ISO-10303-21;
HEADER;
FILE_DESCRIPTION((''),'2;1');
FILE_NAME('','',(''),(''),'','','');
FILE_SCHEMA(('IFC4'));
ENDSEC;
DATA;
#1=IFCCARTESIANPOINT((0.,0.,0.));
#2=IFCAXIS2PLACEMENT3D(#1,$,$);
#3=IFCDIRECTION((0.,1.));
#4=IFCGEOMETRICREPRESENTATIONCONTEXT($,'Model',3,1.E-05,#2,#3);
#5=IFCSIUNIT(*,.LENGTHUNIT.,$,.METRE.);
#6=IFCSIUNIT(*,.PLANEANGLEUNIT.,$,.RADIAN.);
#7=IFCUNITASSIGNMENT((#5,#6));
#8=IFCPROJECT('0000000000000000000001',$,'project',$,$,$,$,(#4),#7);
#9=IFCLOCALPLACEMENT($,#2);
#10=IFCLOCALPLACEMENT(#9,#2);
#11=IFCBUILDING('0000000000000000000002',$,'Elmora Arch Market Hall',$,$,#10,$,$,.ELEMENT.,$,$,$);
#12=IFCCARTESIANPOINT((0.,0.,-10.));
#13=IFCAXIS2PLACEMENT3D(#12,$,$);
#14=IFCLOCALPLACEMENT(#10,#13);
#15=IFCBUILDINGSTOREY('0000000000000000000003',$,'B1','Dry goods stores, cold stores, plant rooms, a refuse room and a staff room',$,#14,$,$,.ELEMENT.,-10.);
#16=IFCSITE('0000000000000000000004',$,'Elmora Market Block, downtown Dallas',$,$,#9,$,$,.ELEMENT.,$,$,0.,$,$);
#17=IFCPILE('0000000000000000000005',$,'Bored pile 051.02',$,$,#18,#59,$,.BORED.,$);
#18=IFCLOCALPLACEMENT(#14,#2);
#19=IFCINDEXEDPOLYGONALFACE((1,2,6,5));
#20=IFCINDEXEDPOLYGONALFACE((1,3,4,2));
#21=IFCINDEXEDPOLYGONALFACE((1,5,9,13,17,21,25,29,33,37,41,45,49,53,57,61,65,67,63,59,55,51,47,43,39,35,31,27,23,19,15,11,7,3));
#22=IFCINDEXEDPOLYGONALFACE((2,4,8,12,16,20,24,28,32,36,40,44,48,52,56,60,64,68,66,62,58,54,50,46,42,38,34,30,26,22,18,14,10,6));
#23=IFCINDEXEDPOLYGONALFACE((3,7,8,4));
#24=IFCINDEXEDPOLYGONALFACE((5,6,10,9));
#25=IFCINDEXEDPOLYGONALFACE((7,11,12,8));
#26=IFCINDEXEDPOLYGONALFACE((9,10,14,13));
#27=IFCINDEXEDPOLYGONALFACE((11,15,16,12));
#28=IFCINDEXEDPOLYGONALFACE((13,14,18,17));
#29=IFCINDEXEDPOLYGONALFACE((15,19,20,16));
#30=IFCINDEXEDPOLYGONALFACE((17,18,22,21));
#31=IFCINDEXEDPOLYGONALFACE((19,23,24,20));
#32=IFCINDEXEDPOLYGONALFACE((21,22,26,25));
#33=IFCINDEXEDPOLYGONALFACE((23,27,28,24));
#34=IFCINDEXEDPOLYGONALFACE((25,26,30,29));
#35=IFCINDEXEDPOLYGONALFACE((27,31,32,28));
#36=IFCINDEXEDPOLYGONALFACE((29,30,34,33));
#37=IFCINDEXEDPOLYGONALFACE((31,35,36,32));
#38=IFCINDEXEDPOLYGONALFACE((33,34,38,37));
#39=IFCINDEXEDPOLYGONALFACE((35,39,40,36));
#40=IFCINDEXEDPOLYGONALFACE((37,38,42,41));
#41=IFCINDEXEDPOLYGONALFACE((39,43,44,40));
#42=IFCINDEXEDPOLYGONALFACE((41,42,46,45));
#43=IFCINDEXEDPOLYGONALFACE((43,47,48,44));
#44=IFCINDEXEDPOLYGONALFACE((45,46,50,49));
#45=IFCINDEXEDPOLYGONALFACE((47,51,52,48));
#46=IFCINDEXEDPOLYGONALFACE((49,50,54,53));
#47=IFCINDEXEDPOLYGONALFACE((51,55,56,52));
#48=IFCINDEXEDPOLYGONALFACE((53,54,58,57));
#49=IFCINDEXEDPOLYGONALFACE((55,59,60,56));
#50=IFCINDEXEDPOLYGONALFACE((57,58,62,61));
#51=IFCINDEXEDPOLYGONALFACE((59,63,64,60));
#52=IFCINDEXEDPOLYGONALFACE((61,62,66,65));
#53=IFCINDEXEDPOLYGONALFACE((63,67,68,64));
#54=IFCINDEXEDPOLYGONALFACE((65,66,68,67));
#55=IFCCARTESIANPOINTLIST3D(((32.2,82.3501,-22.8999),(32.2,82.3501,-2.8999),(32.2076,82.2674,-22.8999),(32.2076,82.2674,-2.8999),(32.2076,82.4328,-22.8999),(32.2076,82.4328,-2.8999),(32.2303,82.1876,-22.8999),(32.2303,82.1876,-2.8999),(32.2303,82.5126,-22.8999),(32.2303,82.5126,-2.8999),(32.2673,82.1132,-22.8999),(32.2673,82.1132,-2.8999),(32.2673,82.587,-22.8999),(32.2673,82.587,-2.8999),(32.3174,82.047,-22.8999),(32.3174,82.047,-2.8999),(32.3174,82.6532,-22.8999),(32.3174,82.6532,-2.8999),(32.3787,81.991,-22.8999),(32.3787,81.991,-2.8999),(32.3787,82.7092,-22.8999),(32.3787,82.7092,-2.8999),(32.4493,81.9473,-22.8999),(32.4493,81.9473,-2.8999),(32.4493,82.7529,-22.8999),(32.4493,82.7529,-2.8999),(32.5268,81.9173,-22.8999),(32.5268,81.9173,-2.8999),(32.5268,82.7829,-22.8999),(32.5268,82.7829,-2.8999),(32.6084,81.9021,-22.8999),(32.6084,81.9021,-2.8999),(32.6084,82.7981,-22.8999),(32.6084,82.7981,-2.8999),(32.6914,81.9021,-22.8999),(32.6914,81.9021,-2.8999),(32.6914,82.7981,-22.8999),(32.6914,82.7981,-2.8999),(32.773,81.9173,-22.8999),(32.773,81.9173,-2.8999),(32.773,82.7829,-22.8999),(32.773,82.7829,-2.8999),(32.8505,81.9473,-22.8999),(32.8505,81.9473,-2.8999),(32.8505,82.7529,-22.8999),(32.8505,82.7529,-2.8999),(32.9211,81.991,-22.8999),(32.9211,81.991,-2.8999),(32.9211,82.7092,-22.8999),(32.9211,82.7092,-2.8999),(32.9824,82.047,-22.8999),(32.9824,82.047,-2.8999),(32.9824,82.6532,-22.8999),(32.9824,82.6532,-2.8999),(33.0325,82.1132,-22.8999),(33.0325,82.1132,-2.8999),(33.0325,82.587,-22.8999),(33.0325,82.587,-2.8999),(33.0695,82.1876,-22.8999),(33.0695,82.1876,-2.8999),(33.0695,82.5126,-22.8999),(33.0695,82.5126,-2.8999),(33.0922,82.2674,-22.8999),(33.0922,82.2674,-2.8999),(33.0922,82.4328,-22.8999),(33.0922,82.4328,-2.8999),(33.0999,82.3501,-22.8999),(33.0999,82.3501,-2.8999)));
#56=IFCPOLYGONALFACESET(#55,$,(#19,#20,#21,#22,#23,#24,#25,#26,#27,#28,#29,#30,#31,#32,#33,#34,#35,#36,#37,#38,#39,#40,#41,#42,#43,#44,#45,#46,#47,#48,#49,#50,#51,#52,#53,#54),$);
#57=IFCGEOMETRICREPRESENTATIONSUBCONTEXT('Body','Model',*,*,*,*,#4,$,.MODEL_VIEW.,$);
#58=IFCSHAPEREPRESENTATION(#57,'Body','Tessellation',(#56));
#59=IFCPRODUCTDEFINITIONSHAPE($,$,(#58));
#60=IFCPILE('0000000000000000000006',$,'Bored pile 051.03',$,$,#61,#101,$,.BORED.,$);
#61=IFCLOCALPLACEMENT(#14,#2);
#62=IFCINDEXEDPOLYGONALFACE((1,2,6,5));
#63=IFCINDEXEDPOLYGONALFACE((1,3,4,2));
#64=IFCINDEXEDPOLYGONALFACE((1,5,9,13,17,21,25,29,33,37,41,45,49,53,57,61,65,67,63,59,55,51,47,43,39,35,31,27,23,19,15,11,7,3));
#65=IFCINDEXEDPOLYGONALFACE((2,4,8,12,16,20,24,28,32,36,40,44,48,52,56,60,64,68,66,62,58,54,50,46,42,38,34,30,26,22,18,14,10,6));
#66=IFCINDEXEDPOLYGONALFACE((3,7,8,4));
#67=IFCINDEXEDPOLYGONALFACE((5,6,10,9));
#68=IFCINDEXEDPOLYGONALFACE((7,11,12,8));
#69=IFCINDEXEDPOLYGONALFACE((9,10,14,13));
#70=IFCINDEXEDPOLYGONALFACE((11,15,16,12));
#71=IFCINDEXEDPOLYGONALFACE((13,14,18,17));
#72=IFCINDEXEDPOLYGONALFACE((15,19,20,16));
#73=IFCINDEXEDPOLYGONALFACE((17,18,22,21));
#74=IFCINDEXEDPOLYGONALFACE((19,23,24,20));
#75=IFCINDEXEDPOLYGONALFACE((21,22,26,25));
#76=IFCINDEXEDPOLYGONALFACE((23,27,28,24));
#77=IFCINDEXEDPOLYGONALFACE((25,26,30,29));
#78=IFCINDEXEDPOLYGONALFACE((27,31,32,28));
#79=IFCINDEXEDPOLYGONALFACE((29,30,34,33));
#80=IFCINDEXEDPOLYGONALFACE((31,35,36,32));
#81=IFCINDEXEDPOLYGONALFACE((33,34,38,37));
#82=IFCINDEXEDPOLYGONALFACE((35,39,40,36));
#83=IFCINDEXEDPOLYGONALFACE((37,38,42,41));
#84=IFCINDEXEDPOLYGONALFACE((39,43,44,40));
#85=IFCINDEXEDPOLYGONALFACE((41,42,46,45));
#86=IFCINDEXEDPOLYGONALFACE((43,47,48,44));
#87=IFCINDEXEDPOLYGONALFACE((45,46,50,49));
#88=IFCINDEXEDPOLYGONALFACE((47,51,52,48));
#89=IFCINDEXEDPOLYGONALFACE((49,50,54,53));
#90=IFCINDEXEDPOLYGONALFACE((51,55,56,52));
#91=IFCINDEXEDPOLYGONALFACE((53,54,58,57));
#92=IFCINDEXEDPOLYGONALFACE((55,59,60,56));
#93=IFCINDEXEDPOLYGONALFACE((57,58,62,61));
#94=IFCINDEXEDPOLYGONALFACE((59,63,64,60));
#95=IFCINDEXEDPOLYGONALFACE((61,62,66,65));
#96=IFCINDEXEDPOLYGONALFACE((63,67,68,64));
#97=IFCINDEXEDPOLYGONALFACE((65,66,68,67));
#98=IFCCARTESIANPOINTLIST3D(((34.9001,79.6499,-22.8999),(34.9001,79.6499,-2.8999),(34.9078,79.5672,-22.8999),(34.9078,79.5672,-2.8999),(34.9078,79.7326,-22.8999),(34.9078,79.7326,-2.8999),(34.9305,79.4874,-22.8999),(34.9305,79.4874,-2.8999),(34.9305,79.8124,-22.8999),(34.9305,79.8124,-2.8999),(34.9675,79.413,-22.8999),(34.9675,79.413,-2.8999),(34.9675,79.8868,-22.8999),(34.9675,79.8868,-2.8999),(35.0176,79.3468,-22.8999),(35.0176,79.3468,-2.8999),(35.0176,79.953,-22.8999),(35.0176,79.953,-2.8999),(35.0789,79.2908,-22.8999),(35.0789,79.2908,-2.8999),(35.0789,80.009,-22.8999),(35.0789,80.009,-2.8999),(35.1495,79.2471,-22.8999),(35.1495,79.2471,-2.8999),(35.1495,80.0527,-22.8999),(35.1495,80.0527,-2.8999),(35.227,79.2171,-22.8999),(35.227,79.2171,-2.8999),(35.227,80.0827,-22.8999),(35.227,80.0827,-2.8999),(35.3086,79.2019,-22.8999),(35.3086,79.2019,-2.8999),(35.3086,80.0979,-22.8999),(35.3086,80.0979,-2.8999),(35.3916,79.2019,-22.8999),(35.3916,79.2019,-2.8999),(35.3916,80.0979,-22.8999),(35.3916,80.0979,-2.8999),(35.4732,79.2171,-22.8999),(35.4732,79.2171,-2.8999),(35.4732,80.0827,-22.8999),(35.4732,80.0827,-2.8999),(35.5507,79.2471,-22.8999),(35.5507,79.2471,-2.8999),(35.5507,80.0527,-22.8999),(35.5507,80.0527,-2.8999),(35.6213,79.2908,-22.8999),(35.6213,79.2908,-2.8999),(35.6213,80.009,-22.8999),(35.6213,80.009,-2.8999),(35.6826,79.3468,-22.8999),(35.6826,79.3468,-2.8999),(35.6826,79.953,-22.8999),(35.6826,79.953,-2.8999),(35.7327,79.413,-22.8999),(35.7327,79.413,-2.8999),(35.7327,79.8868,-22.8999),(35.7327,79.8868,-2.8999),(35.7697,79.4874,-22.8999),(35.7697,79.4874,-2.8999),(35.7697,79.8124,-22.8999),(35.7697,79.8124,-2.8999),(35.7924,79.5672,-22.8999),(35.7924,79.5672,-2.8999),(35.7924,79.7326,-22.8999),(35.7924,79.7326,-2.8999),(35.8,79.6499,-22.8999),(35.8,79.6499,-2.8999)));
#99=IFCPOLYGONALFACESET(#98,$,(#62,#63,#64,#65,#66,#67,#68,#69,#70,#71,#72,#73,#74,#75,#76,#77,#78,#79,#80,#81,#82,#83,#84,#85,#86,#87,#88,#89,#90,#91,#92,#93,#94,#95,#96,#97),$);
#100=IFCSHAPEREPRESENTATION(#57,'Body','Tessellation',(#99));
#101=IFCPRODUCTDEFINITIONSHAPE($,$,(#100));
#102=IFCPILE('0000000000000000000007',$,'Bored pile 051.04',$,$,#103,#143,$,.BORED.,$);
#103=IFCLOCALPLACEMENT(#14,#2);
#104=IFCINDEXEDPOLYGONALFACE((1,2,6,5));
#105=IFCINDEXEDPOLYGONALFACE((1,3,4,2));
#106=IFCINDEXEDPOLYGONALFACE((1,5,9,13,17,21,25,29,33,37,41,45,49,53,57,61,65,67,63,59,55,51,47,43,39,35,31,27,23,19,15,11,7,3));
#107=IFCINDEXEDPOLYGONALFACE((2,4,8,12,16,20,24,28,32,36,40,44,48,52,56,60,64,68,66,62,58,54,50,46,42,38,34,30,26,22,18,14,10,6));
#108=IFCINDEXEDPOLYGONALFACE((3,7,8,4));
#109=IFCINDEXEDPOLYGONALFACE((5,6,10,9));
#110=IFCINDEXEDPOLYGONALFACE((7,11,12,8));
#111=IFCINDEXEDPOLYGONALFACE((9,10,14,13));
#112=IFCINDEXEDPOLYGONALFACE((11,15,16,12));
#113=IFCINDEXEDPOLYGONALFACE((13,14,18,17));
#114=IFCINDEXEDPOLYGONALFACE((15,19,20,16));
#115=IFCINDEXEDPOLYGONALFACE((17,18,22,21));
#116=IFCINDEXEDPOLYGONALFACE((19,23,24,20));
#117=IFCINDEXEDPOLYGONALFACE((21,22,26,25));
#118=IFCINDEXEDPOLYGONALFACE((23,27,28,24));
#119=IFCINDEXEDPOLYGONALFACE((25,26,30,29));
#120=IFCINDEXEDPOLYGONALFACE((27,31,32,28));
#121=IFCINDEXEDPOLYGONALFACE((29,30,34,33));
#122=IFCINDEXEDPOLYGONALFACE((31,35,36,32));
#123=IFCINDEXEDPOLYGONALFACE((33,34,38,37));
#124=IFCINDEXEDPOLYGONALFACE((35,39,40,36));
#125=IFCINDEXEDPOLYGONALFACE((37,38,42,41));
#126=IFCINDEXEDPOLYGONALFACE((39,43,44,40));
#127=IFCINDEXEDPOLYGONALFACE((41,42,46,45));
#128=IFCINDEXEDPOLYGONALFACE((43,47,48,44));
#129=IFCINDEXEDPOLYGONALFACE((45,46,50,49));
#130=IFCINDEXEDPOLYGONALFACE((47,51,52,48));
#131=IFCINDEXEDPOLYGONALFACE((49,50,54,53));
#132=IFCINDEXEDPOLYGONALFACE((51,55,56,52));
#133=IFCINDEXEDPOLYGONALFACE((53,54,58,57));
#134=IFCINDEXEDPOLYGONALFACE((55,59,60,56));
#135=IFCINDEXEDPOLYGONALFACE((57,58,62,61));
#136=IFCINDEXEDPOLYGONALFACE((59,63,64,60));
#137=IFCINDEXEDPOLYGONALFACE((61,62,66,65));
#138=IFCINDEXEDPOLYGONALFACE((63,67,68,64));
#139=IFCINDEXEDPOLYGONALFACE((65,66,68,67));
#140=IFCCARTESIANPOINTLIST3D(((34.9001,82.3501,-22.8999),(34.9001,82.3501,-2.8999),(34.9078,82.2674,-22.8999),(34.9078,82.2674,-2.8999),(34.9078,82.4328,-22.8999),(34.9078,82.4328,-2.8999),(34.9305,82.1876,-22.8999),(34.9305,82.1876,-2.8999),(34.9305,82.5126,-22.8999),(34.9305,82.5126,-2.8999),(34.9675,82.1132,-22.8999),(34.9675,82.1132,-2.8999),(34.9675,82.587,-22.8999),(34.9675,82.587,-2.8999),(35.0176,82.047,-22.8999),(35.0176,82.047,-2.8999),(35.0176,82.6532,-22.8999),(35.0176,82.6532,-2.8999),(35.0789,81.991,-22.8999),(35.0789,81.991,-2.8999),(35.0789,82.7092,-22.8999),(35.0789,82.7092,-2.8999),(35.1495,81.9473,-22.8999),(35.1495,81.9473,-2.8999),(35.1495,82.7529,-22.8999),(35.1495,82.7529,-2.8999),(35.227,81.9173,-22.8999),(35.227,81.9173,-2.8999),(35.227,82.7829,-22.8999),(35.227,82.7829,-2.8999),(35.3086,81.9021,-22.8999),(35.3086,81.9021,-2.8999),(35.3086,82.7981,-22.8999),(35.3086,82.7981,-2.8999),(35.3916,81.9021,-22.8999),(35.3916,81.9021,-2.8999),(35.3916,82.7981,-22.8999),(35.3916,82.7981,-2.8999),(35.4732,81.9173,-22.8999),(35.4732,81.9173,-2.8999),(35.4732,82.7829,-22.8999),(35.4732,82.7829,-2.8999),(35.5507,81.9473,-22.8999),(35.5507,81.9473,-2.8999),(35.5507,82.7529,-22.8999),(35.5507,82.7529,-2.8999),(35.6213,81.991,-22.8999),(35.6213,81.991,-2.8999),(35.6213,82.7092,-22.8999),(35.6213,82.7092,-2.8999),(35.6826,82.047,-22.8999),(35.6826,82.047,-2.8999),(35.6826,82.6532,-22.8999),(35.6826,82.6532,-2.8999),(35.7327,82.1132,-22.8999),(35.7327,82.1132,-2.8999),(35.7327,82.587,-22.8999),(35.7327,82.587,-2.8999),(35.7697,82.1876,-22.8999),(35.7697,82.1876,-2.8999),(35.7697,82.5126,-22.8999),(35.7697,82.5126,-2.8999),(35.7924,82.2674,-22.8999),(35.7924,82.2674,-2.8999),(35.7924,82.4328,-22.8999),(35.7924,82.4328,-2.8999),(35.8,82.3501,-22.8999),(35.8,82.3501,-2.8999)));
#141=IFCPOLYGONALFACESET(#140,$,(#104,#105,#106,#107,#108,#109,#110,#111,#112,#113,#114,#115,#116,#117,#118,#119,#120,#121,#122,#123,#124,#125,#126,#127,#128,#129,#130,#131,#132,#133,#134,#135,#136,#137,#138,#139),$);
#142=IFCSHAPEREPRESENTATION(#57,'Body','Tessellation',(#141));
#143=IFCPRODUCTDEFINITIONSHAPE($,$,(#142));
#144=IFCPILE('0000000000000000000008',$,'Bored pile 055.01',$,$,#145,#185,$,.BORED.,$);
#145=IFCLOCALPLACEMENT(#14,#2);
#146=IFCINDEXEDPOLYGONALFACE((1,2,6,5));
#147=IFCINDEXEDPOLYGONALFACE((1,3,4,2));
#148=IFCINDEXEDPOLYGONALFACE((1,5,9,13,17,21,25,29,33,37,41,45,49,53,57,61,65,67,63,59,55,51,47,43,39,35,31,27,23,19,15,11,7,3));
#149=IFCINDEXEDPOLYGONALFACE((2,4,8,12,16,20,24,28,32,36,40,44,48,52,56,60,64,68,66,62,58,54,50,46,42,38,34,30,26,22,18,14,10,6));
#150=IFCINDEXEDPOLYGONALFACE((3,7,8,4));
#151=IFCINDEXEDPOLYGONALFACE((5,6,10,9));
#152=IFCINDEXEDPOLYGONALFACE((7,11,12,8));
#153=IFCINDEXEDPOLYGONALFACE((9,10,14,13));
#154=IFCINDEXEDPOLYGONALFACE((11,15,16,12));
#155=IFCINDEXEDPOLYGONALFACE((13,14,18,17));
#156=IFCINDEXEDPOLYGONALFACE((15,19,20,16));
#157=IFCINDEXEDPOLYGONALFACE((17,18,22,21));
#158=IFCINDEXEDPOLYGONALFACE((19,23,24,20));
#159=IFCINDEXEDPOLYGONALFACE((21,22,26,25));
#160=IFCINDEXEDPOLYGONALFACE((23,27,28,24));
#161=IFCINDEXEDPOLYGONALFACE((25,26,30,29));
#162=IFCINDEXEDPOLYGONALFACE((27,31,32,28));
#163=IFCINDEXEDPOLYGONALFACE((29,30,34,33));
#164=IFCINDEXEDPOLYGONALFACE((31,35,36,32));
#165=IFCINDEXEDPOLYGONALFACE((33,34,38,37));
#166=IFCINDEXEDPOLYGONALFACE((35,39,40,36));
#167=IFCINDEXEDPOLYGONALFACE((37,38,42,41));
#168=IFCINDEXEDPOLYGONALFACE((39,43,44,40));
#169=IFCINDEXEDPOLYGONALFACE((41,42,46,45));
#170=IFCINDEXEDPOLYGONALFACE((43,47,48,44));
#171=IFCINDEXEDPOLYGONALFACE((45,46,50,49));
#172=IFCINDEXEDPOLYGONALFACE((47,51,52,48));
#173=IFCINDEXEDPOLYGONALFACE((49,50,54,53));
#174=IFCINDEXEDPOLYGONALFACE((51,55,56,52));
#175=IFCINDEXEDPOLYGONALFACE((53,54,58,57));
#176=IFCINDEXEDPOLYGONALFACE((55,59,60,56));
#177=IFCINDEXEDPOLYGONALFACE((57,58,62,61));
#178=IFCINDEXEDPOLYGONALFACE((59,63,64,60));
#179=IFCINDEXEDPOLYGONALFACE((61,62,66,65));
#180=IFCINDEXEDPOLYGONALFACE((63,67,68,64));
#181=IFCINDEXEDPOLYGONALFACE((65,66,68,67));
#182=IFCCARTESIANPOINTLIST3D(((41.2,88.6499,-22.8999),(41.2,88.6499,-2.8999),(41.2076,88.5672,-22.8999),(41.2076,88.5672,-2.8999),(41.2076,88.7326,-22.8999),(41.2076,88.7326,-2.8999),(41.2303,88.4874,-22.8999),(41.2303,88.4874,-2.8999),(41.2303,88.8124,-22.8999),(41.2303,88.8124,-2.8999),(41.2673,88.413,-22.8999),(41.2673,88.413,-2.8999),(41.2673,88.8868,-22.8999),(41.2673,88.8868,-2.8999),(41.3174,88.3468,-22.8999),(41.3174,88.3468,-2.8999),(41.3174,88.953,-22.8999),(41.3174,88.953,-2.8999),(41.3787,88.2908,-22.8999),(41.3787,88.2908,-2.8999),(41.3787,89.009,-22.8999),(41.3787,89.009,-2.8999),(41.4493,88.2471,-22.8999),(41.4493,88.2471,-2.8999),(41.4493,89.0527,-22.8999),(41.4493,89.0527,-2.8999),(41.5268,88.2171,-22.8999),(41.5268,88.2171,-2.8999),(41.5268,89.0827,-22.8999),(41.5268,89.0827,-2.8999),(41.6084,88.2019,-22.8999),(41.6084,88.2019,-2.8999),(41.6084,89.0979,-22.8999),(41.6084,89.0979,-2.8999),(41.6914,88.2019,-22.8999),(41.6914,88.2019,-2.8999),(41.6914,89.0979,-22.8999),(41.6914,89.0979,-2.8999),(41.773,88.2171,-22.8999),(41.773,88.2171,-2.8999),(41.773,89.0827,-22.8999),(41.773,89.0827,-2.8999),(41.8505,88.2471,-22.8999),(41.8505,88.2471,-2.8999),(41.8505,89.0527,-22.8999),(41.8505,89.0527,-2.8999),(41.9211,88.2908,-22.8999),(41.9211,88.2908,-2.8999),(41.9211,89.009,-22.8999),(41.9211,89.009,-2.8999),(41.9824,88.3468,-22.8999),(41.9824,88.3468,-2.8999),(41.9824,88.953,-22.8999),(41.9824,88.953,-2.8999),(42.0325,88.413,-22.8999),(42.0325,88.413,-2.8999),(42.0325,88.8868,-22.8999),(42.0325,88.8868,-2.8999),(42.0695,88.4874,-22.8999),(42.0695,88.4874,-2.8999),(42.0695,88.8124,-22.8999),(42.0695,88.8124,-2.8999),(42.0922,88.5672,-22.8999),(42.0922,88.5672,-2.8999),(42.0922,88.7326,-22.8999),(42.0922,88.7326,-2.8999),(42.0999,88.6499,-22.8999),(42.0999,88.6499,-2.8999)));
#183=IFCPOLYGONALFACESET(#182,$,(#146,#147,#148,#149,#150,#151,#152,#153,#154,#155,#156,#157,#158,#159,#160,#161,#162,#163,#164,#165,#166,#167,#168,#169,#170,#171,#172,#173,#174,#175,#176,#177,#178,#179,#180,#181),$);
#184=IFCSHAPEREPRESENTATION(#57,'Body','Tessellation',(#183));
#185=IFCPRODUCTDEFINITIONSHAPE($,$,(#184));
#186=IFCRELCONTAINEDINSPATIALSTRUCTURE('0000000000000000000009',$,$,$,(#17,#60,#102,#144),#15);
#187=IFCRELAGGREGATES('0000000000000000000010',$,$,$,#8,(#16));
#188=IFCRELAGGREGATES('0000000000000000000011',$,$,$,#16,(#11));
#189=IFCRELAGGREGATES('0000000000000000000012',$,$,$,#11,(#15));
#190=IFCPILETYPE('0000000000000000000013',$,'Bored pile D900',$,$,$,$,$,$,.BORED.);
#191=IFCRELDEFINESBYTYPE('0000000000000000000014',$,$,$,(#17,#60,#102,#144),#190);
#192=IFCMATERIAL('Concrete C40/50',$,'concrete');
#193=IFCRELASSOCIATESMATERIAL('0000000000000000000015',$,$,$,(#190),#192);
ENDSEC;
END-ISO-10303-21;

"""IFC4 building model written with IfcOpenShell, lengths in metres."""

from ifc_helpers import new_model, si_unit, direction, frame, origin, origin_2d, place, context, subcontext, project, spatial, circle, extrude, material, material_profile, profile_set, type_object, element, save


model = new_model("IFC4")

# Units and contexts
model_context = context("Model", 3, precision=1e-05, world=origin(), true_north=direction((0.0, 1.0)))
body_context = subcontext(model_context, "Body", "Model", "MODEL_VIEW")
ifc_project = project(units=[si_unit("LENGTHUNIT", "METRE"), si_unit("PLANEANGLEUNIT", "RADIAN")], contexts=[model_context])

# Site, building, storey
site_placement = place(None, origin())
site = spatial("IfcSite", under=ifc_project, at=site_placement, Name="Elmora Market Block, downtown Dallas", CompositionType="ELEMENT", RefElevation=0.0)
building_placement = place(site_placement, origin())
building = spatial("IfcBuilding", under=site, at=building_placement, Name="Elmora Arch Market Hall", CompositionType="ELEMENT")
storey_placement = place(building_placement, frame((0.0, 0.0, -10.0)))
storey = spatial("IfcBuildingStorey", under=building, at=storey_placement, Name="B1", Description="Dry goods stores, cold stores, plant rooms, a refuse room and a staff room", CompositionType="ELEMENT", Elevation=-10.0)

# Piles
ifc_material_1 = material(Name="Concrete C40/50", Category="concrete")
ifc_material_profile_1 = material_profile(ifc_material_1, circle(Radius=0.45, at=origin_2d()), Name="Bored pile D900")
ifc_profile_set_1 = profile_set([ifc_material_profile_1], Name="Concrete C40/50")
pile_type = type_object("IfcPileType", Name="Bored pile D900", PredefinedType="BORED", material=ifc_profile_set_1)
for number, where, z_axis, x_axis, name in (
    (1, (32.6499, 82.3501, -2.8999), (0.0, 0.0, -1.0), (1.0, 0.0, 0.0), "Bored pile 051.02"),
    (2, (35.3501, 79.6499, -2.8999), (0.0, 0.0, -1.0), (1.0, 0.0, 0.0), "Bored pile 051.03"),
    (3, (35.3501, 82.3501, -2.8999), (0.0, 0.0, -1.0), (1.0, 0.0, 0.0), "Bored pile 051.04"),
    (4, (41.6499, 88.6499, -2.8999), (0.0, 0.0, -1.0), (1.0, 0.0, 0.0), "Bored pile 055.01"),
):
    element("IfcPile", number, at=place(storey_placement, frame(where, z_axis=z_axis, x_axis=x_axis)), inside=storey, type_object=pile_type, Name=name, PredefinedType="BORED", context=body_context, shape_type="SweptSolid", body=[
        extrude(circle(Radius=0.45, at=origin_2d()), origin(), (0.0, 0.0, 1.0), 20.0),
    ])

save(model, "model.ifc")
